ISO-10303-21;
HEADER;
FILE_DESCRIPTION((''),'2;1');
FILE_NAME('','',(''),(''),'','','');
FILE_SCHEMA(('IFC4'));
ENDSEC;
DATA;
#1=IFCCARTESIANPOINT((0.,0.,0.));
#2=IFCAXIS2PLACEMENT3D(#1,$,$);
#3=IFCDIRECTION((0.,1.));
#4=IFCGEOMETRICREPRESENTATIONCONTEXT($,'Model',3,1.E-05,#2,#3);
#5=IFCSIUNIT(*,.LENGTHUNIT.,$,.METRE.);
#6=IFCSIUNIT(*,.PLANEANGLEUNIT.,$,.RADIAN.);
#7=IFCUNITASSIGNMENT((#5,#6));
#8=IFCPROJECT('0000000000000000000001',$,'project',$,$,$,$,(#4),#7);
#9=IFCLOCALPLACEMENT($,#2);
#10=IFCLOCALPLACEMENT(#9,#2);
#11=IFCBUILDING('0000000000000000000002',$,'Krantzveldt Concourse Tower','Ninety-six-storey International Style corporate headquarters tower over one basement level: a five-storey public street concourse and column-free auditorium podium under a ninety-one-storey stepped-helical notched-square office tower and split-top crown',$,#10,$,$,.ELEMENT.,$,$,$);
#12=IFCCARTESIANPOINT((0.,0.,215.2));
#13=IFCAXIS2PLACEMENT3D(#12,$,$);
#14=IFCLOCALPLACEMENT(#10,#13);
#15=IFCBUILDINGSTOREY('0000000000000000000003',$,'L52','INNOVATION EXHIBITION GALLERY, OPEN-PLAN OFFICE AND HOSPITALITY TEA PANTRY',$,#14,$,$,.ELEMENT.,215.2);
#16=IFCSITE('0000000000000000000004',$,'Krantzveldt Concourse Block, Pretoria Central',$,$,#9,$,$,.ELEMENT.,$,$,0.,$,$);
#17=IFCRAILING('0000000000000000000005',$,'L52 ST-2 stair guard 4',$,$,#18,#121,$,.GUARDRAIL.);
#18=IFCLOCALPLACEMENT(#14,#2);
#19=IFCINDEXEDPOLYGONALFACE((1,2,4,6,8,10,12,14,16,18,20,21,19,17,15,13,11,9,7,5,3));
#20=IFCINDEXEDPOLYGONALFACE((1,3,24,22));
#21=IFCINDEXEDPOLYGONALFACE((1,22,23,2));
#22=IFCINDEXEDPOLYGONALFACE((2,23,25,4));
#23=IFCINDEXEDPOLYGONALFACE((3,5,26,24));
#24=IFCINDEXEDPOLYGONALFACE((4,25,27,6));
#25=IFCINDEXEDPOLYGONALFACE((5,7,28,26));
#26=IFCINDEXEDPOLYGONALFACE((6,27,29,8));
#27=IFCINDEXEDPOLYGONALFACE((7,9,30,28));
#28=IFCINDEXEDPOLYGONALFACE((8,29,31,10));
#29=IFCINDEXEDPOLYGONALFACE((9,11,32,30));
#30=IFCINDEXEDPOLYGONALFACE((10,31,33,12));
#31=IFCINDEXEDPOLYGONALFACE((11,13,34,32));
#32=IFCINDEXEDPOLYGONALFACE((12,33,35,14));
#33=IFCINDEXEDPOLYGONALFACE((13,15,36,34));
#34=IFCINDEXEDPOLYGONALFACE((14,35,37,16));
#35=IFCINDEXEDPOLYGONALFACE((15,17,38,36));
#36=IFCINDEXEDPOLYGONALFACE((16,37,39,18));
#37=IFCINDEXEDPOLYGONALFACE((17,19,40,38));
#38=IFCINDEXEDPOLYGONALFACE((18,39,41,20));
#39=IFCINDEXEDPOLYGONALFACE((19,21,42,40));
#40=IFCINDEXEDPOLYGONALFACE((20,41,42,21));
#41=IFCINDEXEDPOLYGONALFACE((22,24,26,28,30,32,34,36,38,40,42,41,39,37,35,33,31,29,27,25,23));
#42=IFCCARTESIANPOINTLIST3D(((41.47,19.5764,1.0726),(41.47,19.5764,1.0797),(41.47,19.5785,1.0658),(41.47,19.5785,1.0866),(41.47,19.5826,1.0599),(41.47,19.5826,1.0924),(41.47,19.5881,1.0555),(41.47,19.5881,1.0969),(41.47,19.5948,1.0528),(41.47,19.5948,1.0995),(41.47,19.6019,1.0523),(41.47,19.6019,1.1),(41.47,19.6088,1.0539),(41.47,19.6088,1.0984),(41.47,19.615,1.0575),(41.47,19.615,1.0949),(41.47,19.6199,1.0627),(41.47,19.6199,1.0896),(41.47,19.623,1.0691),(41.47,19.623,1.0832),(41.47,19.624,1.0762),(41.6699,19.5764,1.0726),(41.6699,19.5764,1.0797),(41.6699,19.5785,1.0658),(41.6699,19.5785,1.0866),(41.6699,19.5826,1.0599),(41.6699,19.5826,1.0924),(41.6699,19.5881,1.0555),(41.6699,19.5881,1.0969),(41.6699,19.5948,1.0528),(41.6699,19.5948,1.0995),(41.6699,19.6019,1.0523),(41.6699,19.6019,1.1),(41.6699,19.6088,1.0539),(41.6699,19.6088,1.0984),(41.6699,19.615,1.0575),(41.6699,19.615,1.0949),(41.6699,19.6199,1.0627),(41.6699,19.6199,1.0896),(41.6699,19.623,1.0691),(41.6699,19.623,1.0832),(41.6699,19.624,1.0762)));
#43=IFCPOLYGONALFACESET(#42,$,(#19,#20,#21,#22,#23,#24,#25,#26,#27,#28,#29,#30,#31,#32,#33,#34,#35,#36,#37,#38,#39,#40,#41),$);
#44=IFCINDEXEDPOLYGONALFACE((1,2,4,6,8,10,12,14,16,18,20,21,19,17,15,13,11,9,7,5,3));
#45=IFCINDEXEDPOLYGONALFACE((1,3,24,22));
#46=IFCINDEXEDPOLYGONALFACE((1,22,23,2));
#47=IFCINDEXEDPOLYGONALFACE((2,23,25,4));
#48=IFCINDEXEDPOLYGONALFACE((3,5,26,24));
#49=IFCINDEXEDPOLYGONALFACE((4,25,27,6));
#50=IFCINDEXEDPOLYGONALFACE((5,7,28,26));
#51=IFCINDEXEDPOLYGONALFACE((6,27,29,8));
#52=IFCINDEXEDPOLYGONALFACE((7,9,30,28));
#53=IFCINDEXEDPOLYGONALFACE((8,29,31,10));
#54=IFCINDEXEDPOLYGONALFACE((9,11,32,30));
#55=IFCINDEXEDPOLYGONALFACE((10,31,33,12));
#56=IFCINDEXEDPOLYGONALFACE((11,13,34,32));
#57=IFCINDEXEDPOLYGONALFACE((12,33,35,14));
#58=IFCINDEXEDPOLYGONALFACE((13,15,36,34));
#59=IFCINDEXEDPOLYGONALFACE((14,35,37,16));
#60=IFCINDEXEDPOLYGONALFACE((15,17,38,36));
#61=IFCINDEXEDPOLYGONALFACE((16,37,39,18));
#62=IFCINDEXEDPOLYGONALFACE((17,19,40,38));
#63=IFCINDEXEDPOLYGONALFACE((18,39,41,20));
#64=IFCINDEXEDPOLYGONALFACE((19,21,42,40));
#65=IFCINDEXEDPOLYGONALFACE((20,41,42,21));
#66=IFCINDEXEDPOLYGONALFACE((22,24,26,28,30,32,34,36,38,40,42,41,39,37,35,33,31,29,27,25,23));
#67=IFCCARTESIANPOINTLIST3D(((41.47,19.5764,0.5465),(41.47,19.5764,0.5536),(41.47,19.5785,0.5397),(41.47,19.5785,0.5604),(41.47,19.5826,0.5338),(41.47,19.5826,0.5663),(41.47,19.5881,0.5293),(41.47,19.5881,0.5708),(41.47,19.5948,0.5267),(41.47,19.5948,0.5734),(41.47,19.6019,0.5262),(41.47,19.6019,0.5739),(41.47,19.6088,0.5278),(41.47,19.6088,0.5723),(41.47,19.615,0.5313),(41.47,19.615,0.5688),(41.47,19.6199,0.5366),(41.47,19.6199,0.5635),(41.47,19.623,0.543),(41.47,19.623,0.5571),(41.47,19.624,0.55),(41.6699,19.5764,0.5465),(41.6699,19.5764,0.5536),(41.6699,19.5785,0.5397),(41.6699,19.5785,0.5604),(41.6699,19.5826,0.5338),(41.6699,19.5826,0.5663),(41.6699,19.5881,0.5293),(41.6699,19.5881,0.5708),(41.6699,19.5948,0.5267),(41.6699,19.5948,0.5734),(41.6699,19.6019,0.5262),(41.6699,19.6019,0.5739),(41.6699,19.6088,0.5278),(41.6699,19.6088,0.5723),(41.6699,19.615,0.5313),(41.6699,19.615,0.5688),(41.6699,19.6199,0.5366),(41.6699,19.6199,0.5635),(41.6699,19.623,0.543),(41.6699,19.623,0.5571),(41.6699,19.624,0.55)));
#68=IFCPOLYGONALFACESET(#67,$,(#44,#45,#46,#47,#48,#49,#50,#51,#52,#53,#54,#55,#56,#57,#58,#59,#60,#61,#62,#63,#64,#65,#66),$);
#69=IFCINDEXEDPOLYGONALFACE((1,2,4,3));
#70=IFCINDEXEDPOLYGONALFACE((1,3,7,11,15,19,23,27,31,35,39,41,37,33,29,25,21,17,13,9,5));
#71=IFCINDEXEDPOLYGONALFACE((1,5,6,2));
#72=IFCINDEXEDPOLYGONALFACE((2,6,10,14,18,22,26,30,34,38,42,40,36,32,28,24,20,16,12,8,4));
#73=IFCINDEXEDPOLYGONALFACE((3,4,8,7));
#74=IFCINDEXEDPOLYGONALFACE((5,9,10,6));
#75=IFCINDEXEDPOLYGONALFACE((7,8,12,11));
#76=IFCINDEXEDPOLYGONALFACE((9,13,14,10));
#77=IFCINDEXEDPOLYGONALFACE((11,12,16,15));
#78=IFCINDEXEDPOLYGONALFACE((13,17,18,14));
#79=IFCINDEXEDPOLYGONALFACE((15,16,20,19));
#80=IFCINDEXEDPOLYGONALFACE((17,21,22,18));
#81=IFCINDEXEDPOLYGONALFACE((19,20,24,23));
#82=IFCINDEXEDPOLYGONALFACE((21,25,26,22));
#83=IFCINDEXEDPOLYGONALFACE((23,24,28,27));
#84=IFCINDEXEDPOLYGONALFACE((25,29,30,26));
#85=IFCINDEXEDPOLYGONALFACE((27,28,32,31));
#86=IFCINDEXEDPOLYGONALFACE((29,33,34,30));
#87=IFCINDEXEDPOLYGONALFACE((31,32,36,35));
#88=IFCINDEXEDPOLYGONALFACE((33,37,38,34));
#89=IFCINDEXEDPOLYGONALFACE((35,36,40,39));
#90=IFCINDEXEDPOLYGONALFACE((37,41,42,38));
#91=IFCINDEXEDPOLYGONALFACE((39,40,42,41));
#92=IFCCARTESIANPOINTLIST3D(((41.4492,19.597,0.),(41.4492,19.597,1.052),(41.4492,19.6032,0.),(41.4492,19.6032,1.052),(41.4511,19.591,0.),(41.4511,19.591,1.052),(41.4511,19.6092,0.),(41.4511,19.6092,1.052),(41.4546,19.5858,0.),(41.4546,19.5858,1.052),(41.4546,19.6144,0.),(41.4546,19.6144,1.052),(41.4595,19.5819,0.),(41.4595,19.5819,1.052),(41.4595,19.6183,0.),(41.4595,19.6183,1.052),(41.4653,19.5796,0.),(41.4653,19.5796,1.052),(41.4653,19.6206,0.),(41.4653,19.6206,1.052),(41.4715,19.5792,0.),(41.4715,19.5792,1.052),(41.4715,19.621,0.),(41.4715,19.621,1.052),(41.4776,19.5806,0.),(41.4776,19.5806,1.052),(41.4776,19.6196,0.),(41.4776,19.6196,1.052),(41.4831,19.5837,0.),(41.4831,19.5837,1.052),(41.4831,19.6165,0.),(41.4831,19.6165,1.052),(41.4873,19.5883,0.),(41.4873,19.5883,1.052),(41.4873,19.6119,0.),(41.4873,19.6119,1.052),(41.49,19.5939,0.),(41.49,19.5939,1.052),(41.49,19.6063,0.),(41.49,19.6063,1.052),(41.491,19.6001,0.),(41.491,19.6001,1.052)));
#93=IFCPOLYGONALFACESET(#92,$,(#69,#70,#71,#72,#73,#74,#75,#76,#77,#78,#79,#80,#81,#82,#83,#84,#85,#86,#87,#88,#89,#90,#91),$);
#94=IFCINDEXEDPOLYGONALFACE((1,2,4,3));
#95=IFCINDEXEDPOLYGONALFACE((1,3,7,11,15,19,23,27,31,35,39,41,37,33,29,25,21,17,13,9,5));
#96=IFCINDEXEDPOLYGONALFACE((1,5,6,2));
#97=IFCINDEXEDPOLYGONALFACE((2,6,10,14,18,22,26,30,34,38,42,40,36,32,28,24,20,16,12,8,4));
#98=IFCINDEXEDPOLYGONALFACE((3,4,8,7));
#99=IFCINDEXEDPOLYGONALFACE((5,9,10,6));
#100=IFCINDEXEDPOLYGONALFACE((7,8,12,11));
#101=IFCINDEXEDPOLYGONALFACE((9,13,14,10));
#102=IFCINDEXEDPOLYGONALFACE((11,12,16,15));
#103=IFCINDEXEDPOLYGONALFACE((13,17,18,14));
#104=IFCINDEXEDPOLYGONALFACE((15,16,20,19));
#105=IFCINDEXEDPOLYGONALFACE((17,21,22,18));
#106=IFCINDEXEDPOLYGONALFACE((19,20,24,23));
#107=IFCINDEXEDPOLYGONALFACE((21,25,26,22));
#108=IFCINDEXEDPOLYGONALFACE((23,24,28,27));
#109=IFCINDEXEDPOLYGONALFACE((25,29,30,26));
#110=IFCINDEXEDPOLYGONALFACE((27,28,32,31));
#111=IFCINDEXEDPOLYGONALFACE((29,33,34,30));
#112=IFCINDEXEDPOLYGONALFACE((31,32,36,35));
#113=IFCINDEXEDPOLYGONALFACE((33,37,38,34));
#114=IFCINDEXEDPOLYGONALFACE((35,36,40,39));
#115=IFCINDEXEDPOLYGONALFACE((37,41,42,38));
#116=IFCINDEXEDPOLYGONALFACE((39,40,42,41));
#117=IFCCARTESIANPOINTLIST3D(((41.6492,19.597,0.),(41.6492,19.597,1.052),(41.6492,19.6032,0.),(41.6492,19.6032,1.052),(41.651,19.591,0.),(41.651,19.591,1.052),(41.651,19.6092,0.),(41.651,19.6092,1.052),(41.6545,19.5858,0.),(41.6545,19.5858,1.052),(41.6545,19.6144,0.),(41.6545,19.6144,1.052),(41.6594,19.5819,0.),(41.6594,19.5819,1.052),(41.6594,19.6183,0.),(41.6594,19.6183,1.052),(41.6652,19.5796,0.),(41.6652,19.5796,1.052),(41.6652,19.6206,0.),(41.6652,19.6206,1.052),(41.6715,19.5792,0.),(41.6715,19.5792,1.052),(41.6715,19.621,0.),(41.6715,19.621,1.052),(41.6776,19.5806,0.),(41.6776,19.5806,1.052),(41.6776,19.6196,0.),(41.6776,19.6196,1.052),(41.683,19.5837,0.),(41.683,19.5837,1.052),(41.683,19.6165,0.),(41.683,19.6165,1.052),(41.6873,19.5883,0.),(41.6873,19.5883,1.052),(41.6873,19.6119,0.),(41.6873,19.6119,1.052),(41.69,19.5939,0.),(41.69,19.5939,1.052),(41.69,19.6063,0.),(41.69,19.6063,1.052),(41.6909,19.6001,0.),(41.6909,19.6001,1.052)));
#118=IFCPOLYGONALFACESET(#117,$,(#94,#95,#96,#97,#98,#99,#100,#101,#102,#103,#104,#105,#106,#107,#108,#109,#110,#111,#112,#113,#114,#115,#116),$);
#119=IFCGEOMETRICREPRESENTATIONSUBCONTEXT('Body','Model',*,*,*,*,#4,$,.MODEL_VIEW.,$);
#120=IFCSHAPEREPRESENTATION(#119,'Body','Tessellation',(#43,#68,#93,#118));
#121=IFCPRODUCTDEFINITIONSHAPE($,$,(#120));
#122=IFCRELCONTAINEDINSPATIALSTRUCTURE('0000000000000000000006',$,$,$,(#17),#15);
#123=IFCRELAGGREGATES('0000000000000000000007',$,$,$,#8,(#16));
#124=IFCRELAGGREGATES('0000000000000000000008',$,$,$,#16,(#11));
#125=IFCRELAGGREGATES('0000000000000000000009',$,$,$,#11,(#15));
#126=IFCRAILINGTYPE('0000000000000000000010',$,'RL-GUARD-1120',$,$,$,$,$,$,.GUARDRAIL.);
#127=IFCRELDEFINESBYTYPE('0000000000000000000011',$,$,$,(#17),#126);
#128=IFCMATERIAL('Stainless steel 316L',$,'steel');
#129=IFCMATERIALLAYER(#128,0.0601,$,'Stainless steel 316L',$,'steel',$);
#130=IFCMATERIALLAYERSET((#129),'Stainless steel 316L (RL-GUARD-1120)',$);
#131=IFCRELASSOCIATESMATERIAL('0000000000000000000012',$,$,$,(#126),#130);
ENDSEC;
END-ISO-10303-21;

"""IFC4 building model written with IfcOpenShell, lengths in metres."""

from ifc_helpers import new_model, si_unit, direction, frame, origin, origin_2d, place, context, subcontext, project, spatial, circle, extrude, material, layer, layer_set, type_object, element, save


model = new_model("IFC4")

# Units and contexts
model_context = context("Model", 3, precision=1e-05, world=origin(), true_north=direction((0.0, 1.0)))
body_context = subcontext(model_context, "Body", "Model", "MODEL_VIEW")
ifc_project = project(units=[si_unit("LENGTHUNIT", "METRE"), si_unit("PLANEANGLEUNIT", "RADIAN")], contexts=[model_context])

# Site, building, storey
site_placement = place(None, origin())
site = spatial("IfcSite", under=ifc_project, at=site_placement, Name="Krantzveldt Concourse Block, Pretoria Central", CompositionType="ELEMENT", RefElevation=0.0)
building_placement = place(site_placement, origin())
building = spatial("IfcBuilding", under=site, at=building_placement, Name="Krantzveldt Concourse Tower", Description="Ninety-six-storey International Style corporate headquarters tower over one basement level: a five-storey public street concourse and column-free auditorium podium under a ninety-one-storey stepped-helical notched-square office tower and split-top crown", CompositionType="ELEMENT")
storey_placement = place(building_placement, frame((0.0, 0.0, 215.2)))
storey = spatial("IfcBuildingStorey", under=building, at=storey_placement, Name="L52", Description="INNOVATION EXHIBITION GALLERY, OPEN-PLAN OFFICE AND HOSPITALITY TEA PANTRY", CompositionType="ELEMENT", Elevation=215.2)

# Shared definitions
ifc_material_1 = material(Name="Stainless steel 316L", Category="steel")

# Railing
ifc_layer_1 = layer(ifc_material_1, 0.0601, Name="Stainless steel 316L", Category="steel")
ifc_layer_set_1 = layer_set([ifc_layer_1], Name="Stainless steel 316L (RL-GUARD-1120)")
railing_type_1 = type_object("IfcRailingType", Name="RL-GUARD-1120", PredefinedType="GUARDRAIL", material=ifc_layer_set_1)
railing_1_placement = place(storey_placement, frame((41.47, 19.6001, 0.0)))
element("IfcRailing", 1, at=railing_1_placement, inside=storey, type_object=railing_type_1, Name="L52 ST-2 stair guard 4", PredefinedType="GUARDRAIL", context=body_context, shape_type="SweptSolid", body=[
    extrude(circle(Radius=0.0239, at=origin_2d()), frame((0.0, 0.0, 1.0762), z_axis=(1.0, 0.0, 0.0), x_axis=(0.0, 1.0, 0.0)), (0.0, 0.0, 1.0), 0.2),
    extrude(circle(Radius=0.0239, at=origin_2d()), frame((0.0, 0.0, 0.55), z_axis=(1.0, 0.0, 0.0), x_axis=(0.0, 1.0, 0.0)), (0.0, 0.0, 1.0), 0.2),
    extrude(circle(Radius=0.021, at=origin_2d()), origin(), (0.0, 0.0, 1.0), 1.052),
    extrude(circle(Radius=0.021, at=origin_2d()), frame((0.2, 0.0, 0.0)), (0.0, 0.0, 1.0), 1.052),
])

save(model, "model.ifc")
